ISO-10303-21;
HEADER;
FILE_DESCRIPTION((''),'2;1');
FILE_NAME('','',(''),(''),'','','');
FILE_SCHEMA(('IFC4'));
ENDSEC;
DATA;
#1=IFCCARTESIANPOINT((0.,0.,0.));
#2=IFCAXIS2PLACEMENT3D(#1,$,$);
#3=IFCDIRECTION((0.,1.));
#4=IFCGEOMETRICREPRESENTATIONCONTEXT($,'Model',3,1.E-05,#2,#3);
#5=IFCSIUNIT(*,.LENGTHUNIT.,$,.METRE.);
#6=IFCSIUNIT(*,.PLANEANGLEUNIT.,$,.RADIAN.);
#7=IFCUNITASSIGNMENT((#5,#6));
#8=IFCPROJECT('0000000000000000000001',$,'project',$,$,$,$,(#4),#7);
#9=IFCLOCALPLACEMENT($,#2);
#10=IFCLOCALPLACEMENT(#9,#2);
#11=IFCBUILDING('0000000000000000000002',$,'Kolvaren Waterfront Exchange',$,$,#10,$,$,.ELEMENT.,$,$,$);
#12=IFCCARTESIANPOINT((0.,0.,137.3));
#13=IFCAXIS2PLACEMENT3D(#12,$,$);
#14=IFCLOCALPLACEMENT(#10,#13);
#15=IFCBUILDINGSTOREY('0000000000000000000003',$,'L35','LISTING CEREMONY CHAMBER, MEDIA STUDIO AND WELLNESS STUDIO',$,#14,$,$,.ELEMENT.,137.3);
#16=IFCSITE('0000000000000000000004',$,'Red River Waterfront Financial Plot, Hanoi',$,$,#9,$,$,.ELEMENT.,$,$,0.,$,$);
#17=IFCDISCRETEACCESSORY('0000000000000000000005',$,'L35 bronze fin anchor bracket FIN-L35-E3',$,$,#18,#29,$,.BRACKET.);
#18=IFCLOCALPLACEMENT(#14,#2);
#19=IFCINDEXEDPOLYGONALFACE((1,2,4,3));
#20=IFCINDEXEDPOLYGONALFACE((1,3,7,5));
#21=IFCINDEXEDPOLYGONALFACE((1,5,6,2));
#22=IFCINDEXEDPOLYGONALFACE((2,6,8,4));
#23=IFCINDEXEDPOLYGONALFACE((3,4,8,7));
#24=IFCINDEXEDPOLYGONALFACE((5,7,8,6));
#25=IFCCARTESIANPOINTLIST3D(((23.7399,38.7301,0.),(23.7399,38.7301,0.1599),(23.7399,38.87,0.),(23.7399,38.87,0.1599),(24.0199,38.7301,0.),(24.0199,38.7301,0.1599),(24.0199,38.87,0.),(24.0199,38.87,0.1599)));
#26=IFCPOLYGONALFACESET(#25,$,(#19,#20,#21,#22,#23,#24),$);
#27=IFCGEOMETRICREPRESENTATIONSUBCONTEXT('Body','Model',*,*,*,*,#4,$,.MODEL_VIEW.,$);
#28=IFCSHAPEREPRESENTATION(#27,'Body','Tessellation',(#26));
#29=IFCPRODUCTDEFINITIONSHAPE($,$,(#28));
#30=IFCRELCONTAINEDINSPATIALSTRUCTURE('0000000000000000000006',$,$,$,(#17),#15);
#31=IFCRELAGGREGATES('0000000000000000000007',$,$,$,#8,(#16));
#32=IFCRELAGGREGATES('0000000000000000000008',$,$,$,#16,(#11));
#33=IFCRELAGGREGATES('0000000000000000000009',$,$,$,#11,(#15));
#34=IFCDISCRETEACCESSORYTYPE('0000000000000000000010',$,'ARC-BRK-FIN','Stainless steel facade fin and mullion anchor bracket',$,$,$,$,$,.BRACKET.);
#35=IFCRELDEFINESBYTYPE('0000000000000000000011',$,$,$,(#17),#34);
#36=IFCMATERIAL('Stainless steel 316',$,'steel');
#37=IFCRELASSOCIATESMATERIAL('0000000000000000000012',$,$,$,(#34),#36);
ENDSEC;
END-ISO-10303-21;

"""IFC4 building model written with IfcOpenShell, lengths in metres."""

from ifc_helpers import new_model, si_unit, direction, frame, origin, origin_with_axes, origin_2d, place, context, subcontext, project, spatial, rectangle, extrude, source, transform, mapped, material, type_object, element, save


model = new_model("IFC4")

# Units and contexts
model_context = context("Model", 3, precision=1e-05, world=origin(), true_north=direction((0.0, 1.0)))
body_context = subcontext(model_context, "Body", "Model", "MODEL_VIEW")
ifc_project = project(units=[si_unit("LENGTHUNIT", "METRE"), si_unit("PLANEANGLEUNIT", "RADIAN")], contexts=[model_context])

# Site, building, storey
site_placement = place(None, origin())
site = spatial("IfcSite", under=ifc_project, at=site_placement, Name="Red River Waterfront Financial Plot, Hanoi", CompositionType="ELEMENT", RefElevation=0.0)
building_placement = place(site_placement, origin())
building = spatial("IfcBuilding", under=site, at=building_placement, Name="Kolvaren Waterfront Exchange", CompositionType="ELEMENT")
storey_placement = place(building_placement, frame((0.0, 0.0, 137.3)))
storey = spatial("IfcBuildingStorey", under=building, at=storey_placement, Name="L35", Description="LISTING CEREMONY CHAMBER, MEDIA STUDIO AND WELLNESS STUDIO", CompositionType="ELEMENT", Elevation=137.3)

# Discrete accessory
ifc_material_1 = material(Name="Stainless steel 316", Category="steel")
discrete_accessory_type = type_object("IfcDiscreteAccessoryType", Name="ARC-BRK-FIN", Description="Stainless steel facade fin and mullion anchor bracket", PredefinedType="BRACKET", material=ifc_material_1)
shared_shape_1 = source(origin_with_axes(), body_context, "Body", "SweptSolid", [
    extrude(rectangle(XDim=0.28, YDim=0.1399, at=origin_2d()), origin(), (0.0, 0.0, 1.0), 0.1599),
])
discrete_accessory_placement = place(storey_placement, frame((23.8799, 38.8, 0.0), z_axis=(0.0, 0.0, 1.0), x_axis=(1.0, 0.0, 0.0)))
element("IfcDiscreteAccessory", 1, at=discrete_accessory_placement, inside=storey, type_object=discrete_accessory_type, Name="L35 bronze fin anchor bracket FIN-L35-E3", PredefinedType="BRACKET", context=body_context, shape_type="MappedRepresentation", body=[
    mapped(shared_shape_1, transform((0.0, 0.0, 0.0), x_axis=(1.0, 0.0, 0.0), y_axis=(0.0, 1.0, 0.0), z_axis=(0.0, 0.0, 1.0), scale=1.0)),
])

save(model, "model.ifc")
